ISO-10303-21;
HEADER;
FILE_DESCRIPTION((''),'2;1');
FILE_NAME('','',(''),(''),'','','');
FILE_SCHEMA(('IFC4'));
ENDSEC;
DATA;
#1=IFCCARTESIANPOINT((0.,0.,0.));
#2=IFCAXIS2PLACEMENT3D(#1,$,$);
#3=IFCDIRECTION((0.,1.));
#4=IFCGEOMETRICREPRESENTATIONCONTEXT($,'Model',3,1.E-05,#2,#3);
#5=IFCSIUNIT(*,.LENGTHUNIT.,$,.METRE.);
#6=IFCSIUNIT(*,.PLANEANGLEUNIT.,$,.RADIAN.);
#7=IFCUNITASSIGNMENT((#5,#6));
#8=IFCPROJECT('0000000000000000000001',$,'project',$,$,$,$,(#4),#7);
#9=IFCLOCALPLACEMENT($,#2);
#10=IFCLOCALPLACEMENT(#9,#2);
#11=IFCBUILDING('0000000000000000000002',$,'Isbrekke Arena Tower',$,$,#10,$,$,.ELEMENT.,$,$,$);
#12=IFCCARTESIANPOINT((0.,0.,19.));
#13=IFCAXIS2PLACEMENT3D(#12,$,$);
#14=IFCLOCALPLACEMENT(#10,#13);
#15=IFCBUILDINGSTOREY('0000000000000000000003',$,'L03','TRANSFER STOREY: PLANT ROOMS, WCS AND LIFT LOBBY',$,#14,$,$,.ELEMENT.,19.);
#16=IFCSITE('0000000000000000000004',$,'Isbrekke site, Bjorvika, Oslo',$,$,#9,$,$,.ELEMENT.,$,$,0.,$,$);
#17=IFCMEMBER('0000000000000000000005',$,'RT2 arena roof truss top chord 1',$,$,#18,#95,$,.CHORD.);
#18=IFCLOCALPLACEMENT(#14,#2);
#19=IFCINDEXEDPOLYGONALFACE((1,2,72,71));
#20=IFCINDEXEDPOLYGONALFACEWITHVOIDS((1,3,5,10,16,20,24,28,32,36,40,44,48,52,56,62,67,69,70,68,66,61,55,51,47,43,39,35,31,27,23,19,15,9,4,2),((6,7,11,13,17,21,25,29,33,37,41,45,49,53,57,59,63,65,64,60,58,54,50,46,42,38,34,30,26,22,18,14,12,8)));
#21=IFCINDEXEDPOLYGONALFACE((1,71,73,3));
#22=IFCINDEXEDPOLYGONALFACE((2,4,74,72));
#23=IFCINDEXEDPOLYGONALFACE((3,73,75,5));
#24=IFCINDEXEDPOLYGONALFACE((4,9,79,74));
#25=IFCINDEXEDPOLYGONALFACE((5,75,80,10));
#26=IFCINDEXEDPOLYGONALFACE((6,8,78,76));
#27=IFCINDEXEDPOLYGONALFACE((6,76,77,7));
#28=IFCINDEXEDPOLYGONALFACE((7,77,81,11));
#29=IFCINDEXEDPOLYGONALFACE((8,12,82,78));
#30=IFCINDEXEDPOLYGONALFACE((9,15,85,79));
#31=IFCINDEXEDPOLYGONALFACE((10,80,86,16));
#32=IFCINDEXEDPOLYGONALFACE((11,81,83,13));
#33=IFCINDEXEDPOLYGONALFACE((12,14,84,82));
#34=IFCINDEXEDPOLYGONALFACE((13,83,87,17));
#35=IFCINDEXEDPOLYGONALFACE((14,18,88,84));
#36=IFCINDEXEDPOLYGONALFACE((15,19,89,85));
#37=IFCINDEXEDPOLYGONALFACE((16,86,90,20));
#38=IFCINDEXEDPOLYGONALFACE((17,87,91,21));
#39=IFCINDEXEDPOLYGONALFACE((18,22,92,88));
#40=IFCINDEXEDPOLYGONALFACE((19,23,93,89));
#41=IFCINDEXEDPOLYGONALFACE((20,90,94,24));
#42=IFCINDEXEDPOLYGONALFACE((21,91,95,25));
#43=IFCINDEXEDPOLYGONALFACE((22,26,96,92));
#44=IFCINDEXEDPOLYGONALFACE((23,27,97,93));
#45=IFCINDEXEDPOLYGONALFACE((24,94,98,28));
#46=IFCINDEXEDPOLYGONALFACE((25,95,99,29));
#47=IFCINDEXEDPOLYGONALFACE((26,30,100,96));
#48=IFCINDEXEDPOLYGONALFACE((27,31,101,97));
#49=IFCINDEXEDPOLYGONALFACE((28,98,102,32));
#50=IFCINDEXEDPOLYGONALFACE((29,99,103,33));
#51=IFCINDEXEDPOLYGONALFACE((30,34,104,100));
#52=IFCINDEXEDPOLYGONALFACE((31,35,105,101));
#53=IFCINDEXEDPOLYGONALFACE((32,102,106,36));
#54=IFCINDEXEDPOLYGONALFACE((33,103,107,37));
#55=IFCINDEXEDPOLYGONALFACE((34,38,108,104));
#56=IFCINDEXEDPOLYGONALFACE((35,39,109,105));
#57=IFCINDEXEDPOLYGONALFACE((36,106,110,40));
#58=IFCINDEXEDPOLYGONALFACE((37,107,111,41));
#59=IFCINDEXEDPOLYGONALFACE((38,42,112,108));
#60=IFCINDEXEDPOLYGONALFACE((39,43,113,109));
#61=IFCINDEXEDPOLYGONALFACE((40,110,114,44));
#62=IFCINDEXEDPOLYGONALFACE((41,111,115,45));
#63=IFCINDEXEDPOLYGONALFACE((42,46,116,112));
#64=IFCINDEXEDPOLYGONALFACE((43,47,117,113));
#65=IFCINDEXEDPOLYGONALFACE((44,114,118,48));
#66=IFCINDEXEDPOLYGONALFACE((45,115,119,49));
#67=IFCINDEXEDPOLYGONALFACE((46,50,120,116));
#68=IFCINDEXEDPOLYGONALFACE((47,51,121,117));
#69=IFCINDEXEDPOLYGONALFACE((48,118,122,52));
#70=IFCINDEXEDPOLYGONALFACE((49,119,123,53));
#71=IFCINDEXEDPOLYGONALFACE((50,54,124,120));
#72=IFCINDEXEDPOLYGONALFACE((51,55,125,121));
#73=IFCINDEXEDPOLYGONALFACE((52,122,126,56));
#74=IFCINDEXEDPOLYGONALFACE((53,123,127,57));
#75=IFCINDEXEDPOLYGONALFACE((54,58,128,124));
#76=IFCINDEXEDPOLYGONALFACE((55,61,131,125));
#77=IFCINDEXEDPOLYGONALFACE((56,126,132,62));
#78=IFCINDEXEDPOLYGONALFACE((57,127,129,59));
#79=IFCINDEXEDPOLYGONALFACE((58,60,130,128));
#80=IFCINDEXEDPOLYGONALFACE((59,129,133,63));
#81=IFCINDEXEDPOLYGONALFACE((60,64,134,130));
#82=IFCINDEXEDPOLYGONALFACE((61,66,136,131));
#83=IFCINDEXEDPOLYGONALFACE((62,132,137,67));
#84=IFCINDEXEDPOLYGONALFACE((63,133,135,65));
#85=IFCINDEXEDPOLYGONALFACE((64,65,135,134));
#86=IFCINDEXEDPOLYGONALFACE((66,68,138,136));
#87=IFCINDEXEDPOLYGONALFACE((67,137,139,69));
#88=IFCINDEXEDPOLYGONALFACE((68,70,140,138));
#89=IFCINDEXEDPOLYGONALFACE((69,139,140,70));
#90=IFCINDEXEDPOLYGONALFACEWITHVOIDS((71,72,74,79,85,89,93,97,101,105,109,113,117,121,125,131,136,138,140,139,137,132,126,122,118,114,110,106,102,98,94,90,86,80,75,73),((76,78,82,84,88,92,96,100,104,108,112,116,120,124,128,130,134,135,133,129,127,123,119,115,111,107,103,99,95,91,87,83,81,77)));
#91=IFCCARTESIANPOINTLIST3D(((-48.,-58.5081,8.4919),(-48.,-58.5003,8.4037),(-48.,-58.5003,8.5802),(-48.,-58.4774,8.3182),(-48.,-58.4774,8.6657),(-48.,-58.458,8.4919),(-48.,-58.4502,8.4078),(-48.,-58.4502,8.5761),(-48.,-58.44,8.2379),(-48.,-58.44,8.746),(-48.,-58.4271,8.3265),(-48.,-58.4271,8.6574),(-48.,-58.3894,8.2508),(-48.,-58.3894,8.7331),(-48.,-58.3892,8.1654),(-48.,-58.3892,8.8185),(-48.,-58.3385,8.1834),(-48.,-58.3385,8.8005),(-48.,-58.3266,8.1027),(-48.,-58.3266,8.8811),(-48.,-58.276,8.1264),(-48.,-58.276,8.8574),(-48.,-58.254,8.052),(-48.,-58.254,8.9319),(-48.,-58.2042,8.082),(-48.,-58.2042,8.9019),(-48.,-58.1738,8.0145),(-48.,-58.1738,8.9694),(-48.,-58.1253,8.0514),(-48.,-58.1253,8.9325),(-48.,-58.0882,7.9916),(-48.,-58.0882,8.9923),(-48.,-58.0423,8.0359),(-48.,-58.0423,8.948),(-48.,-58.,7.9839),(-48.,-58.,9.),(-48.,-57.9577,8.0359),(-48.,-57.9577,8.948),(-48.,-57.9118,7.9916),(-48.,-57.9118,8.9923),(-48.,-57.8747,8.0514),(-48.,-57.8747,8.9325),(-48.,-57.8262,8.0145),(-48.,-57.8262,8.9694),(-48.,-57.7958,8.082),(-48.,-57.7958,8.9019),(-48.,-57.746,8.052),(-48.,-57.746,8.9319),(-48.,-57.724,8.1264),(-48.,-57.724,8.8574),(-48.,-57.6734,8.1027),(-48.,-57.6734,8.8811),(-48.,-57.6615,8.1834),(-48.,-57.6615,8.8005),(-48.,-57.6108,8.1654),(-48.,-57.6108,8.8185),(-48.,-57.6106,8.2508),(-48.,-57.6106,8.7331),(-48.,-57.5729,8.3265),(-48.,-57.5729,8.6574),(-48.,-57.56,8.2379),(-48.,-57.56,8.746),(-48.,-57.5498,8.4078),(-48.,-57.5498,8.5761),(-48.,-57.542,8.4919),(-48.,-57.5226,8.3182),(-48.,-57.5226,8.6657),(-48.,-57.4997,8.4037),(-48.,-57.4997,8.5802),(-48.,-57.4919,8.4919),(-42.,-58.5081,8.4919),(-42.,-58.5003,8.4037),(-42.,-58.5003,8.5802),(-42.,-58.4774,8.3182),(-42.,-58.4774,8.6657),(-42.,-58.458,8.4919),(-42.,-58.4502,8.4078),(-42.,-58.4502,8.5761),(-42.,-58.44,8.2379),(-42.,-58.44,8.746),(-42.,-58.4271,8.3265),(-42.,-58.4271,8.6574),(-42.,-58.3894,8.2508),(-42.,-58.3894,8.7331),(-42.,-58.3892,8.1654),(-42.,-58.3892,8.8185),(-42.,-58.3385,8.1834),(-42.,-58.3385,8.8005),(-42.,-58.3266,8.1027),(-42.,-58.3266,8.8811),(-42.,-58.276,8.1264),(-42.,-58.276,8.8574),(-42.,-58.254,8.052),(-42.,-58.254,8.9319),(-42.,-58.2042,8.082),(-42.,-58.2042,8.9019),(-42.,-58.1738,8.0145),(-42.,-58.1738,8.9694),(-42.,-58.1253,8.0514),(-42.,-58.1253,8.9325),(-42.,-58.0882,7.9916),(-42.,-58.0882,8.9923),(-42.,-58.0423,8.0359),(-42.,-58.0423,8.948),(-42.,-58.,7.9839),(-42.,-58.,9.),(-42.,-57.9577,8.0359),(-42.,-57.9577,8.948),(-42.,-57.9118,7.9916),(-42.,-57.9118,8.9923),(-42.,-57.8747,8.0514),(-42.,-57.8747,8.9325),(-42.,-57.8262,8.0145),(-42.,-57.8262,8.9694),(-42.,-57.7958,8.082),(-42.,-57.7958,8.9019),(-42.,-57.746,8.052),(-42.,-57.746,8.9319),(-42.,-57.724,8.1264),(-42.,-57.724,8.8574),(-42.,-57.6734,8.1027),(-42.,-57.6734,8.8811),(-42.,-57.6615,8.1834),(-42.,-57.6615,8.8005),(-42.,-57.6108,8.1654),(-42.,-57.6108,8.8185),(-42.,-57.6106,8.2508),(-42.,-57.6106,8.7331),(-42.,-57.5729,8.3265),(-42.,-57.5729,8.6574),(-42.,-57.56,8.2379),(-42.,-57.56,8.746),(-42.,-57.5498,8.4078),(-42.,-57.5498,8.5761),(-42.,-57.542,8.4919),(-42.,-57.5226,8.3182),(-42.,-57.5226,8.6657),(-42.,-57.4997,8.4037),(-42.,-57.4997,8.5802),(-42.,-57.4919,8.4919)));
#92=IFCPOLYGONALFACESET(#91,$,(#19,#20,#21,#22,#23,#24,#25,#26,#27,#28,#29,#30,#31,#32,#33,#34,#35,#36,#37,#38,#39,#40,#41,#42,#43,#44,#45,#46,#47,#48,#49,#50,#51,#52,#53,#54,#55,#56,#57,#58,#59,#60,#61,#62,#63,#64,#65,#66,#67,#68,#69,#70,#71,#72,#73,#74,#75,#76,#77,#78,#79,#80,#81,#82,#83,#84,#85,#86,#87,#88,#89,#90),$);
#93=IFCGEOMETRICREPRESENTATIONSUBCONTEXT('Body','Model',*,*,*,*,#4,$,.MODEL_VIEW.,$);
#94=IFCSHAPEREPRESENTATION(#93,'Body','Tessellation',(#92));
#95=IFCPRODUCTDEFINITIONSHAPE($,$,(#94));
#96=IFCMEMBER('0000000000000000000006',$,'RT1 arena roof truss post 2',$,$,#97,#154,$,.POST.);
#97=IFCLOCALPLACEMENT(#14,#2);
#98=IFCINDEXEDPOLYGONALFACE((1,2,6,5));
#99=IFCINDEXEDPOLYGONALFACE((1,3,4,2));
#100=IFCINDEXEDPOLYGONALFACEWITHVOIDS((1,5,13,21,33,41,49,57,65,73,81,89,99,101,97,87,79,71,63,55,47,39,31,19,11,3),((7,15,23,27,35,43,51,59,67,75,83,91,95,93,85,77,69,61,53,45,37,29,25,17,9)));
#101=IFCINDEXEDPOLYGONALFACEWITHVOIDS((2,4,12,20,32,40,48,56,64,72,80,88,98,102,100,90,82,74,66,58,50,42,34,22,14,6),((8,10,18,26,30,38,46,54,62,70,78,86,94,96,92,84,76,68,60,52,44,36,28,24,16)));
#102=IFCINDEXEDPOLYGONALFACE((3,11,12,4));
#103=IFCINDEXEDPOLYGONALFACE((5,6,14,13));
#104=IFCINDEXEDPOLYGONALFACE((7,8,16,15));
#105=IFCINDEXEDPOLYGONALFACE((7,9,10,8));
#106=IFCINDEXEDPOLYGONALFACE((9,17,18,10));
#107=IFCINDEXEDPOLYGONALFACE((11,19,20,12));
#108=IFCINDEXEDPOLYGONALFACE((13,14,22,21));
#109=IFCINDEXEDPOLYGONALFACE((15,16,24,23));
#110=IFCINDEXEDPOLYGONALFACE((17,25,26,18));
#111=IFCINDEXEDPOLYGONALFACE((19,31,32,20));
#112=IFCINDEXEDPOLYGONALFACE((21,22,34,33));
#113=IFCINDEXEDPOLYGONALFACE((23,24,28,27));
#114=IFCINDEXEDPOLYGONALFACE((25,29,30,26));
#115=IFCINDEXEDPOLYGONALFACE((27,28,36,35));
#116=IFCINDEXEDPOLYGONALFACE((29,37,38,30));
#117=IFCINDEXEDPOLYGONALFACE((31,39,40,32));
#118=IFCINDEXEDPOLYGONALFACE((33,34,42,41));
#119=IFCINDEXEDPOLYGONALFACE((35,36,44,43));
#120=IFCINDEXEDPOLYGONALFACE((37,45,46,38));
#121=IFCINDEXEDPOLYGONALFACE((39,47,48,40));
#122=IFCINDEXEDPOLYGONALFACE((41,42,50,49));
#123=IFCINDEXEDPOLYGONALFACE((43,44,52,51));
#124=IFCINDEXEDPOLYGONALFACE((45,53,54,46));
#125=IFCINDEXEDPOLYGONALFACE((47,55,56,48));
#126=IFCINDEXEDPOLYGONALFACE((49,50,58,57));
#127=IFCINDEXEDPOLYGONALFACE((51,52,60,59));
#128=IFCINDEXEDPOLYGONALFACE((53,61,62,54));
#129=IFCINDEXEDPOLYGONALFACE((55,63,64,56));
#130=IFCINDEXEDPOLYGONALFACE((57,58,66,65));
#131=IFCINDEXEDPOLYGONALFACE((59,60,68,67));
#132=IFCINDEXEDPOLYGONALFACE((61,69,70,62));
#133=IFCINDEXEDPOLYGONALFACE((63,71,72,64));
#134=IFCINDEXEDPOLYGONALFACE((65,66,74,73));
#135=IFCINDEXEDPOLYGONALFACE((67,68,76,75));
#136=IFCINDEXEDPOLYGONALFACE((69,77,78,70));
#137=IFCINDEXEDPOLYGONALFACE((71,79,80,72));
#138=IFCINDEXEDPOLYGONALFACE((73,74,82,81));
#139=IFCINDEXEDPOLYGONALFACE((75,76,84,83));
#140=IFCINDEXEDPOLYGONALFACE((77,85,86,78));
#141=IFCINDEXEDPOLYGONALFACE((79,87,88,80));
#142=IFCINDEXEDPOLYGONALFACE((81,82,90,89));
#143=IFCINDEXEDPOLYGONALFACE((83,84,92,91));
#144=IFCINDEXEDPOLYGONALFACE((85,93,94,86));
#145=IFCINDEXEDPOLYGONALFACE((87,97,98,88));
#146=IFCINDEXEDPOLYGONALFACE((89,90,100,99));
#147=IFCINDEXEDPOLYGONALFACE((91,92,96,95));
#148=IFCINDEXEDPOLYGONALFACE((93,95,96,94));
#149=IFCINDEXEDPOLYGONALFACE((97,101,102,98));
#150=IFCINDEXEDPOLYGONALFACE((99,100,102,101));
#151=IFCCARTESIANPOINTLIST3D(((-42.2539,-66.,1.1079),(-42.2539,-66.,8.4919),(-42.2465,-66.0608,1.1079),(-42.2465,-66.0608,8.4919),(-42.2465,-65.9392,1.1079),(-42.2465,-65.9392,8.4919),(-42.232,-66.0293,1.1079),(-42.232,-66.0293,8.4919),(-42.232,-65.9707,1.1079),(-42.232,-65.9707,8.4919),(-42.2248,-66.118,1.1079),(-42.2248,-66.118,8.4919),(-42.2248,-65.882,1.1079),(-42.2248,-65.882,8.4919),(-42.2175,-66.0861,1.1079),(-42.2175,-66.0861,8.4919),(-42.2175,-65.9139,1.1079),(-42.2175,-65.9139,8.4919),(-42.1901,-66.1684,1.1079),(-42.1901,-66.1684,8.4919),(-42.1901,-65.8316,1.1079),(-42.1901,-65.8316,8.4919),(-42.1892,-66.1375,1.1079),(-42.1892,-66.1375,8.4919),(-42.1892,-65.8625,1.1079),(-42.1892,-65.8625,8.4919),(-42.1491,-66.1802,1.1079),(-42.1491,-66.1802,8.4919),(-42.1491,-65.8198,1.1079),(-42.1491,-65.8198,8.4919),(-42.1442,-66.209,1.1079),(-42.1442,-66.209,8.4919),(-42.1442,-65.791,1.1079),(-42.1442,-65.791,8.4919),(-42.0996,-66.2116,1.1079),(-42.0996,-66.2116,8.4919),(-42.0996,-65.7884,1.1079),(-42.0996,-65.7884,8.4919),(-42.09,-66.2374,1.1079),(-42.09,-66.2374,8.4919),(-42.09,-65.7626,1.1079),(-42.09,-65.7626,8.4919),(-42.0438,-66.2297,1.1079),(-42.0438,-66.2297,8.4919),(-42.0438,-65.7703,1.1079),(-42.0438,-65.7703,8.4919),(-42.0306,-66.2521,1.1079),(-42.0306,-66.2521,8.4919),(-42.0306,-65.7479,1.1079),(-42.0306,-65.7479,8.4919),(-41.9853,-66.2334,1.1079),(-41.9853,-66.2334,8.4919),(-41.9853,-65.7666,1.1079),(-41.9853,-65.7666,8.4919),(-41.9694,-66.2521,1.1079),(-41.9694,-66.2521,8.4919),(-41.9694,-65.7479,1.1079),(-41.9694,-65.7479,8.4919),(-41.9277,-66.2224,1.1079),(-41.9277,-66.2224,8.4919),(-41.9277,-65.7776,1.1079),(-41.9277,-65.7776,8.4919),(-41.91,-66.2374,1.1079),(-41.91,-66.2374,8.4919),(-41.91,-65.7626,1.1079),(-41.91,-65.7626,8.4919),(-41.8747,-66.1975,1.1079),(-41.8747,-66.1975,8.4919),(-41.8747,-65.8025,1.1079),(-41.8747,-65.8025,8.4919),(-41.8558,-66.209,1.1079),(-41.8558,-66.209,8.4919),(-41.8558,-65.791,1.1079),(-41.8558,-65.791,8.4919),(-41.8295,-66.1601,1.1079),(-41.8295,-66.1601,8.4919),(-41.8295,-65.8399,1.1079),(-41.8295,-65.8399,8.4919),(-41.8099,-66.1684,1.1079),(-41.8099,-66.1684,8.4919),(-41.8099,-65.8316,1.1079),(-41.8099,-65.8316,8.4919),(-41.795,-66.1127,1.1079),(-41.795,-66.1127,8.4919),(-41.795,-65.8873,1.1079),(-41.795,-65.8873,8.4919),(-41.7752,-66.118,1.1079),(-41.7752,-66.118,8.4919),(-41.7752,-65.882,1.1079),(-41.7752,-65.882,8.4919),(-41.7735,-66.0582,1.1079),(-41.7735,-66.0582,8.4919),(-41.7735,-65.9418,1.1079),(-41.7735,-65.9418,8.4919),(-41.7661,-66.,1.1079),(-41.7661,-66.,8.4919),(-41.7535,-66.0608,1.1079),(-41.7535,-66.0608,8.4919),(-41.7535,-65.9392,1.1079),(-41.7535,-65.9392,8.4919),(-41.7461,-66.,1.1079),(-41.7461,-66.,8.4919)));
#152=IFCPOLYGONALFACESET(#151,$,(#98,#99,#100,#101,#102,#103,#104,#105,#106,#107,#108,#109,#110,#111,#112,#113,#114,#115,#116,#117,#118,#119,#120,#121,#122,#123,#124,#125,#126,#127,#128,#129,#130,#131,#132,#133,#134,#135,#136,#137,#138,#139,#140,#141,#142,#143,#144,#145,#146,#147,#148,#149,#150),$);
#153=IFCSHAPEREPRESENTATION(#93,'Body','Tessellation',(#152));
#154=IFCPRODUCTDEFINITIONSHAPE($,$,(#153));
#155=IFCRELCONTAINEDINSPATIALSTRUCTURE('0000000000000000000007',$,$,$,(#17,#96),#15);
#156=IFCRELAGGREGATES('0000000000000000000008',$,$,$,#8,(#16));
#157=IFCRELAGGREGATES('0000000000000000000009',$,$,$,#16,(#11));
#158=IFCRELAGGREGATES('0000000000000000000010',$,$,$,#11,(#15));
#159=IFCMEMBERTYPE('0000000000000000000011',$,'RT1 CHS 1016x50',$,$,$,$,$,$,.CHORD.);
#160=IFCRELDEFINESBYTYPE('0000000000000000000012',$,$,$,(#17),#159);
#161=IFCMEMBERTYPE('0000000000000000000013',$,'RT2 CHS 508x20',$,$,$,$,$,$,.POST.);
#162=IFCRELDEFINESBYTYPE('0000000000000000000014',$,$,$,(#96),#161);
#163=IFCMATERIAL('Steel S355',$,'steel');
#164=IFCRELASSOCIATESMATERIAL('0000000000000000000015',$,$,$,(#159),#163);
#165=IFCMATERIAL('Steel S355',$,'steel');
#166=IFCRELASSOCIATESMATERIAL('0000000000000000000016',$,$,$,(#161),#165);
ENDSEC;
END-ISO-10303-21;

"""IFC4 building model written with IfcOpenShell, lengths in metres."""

from ifc_helpers import new_model, si_unit, direction, frame, origin, origin_2d, place, context, subcontext, project, spatial, hollow_circle, extrude, material, material_profile, profile_set, type_object, element, save


model = new_model("IFC4")

# Units and contexts
model_context = context("Model", 3, precision=1e-05, world=origin(), true_north=direction((0.0, 1.0)))
body_context = subcontext(model_context, "Body", "Model", "MODEL_VIEW")
ifc_project = project(units=[si_unit("LENGTHUNIT", "METRE"), si_unit("PLANEANGLEUNIT", "RADIAN")], contexts=[model_context])

# Site, building, storey
site_placement = place(None, origin())
site = spatial("IfcSite", under=ifc_project, at=site_placement, Name="Isbrekke site, Bjorvika, Oslo", CompositionType="ELEMENT", RefElevation=0.0)
building_placement = place(site_placement, origin())
building = spatial("IfcBuilding", under=site, at=building_placement, Name="Isbrekke Arena Tower", CompositionType="ELEMENT")
storey_placement = place(building_placement, frame((0.0, 0.0, 19.0)))
storey = spatial("IfcBuildingStorey", under=building, at=storey_placement, Name="L03", Description="TRANSFER STOREY: PLANT ROOMS, WCS AND LIFT LOBBY", CompositionType="ELEMENT", Elevation=19.0)

# Members
ifc_material_1 = material(Name="Steel S355", Category="steel")
ifc_material_profile_1 = material_profile(ifc_material_1, hollow_circle(Radius=0.5081, WallThickness=0.05, at=origin_2d()), Name="CHS 1016x50")
ifc_profile_set_1 = profile_set([ifc_material_profile_1], Name="Steel S355")
member_type_1 = type_object("IfcMemberType", Name="RT1 CHS 1016x50", PredefinedType="CHORD", material=ifc_profile_set_1)
for number, where, z_axis, x_axis, name in (
    (1, (-48.0, -58.0, 8.4919), (1.0, 0.0, 0.0), (0.0, 1.0, 0.0), "RT2 arena roof truss top chord 1"),
):
    element("IfcMember", number, at=place(storey_placement, frame(where, z_axis=z_axis, x_axis=x_axis)), inside=storey, type_object=member_type_1, Name=name, PredefinedType="CHORD", context=body_context, shape_type="SweptSolid", body=[
        extrude(hollow_circle(Radius=0.5081, WallThickness=0.05, at=origin_2d()), origin(), (0.0, 0.0, 1.0), 6.0),
    ])
ifc_material_2 = material(Name="Steel S355", Category="steel")
ifc_material_profile_2 = material_profile(ifc_material_2, hollow_circle(Radius=0.2539, WallThickness=0.02, at=origin_2d()), Name="CHS 508x20")
ifc_profile_set_2 = profile_set([ifc_material_profile_2], Name="Steel S355")
member_type_2 = type_object("IfcMemberType", Name="RT2 CHS 508x20", PredefinedType="POST", material=ifc_profile_set_2)
member_1_placement = place(storey_placement, frame((-42.0, -66.0, 1.1079), z_axis=(0.0, 0.0, 1.0), x_axis=(1.0, 0.0, 0.0)))
element("IfcMember", 2, at=member_1_placement, inside=storey, type_object=member_type_2, Name="RT1 arena roof truss post 2", PredefinedType="POST", context=body_context, shape_type="SweptSolid", body=[
    extrude(hollow_circle(Radius=0.2539, WallThickness=0.02, at=origin_2d()), origin(), (0.0, 0.0, 1.0), 7.384),
])

save(model, "model.ifc")
